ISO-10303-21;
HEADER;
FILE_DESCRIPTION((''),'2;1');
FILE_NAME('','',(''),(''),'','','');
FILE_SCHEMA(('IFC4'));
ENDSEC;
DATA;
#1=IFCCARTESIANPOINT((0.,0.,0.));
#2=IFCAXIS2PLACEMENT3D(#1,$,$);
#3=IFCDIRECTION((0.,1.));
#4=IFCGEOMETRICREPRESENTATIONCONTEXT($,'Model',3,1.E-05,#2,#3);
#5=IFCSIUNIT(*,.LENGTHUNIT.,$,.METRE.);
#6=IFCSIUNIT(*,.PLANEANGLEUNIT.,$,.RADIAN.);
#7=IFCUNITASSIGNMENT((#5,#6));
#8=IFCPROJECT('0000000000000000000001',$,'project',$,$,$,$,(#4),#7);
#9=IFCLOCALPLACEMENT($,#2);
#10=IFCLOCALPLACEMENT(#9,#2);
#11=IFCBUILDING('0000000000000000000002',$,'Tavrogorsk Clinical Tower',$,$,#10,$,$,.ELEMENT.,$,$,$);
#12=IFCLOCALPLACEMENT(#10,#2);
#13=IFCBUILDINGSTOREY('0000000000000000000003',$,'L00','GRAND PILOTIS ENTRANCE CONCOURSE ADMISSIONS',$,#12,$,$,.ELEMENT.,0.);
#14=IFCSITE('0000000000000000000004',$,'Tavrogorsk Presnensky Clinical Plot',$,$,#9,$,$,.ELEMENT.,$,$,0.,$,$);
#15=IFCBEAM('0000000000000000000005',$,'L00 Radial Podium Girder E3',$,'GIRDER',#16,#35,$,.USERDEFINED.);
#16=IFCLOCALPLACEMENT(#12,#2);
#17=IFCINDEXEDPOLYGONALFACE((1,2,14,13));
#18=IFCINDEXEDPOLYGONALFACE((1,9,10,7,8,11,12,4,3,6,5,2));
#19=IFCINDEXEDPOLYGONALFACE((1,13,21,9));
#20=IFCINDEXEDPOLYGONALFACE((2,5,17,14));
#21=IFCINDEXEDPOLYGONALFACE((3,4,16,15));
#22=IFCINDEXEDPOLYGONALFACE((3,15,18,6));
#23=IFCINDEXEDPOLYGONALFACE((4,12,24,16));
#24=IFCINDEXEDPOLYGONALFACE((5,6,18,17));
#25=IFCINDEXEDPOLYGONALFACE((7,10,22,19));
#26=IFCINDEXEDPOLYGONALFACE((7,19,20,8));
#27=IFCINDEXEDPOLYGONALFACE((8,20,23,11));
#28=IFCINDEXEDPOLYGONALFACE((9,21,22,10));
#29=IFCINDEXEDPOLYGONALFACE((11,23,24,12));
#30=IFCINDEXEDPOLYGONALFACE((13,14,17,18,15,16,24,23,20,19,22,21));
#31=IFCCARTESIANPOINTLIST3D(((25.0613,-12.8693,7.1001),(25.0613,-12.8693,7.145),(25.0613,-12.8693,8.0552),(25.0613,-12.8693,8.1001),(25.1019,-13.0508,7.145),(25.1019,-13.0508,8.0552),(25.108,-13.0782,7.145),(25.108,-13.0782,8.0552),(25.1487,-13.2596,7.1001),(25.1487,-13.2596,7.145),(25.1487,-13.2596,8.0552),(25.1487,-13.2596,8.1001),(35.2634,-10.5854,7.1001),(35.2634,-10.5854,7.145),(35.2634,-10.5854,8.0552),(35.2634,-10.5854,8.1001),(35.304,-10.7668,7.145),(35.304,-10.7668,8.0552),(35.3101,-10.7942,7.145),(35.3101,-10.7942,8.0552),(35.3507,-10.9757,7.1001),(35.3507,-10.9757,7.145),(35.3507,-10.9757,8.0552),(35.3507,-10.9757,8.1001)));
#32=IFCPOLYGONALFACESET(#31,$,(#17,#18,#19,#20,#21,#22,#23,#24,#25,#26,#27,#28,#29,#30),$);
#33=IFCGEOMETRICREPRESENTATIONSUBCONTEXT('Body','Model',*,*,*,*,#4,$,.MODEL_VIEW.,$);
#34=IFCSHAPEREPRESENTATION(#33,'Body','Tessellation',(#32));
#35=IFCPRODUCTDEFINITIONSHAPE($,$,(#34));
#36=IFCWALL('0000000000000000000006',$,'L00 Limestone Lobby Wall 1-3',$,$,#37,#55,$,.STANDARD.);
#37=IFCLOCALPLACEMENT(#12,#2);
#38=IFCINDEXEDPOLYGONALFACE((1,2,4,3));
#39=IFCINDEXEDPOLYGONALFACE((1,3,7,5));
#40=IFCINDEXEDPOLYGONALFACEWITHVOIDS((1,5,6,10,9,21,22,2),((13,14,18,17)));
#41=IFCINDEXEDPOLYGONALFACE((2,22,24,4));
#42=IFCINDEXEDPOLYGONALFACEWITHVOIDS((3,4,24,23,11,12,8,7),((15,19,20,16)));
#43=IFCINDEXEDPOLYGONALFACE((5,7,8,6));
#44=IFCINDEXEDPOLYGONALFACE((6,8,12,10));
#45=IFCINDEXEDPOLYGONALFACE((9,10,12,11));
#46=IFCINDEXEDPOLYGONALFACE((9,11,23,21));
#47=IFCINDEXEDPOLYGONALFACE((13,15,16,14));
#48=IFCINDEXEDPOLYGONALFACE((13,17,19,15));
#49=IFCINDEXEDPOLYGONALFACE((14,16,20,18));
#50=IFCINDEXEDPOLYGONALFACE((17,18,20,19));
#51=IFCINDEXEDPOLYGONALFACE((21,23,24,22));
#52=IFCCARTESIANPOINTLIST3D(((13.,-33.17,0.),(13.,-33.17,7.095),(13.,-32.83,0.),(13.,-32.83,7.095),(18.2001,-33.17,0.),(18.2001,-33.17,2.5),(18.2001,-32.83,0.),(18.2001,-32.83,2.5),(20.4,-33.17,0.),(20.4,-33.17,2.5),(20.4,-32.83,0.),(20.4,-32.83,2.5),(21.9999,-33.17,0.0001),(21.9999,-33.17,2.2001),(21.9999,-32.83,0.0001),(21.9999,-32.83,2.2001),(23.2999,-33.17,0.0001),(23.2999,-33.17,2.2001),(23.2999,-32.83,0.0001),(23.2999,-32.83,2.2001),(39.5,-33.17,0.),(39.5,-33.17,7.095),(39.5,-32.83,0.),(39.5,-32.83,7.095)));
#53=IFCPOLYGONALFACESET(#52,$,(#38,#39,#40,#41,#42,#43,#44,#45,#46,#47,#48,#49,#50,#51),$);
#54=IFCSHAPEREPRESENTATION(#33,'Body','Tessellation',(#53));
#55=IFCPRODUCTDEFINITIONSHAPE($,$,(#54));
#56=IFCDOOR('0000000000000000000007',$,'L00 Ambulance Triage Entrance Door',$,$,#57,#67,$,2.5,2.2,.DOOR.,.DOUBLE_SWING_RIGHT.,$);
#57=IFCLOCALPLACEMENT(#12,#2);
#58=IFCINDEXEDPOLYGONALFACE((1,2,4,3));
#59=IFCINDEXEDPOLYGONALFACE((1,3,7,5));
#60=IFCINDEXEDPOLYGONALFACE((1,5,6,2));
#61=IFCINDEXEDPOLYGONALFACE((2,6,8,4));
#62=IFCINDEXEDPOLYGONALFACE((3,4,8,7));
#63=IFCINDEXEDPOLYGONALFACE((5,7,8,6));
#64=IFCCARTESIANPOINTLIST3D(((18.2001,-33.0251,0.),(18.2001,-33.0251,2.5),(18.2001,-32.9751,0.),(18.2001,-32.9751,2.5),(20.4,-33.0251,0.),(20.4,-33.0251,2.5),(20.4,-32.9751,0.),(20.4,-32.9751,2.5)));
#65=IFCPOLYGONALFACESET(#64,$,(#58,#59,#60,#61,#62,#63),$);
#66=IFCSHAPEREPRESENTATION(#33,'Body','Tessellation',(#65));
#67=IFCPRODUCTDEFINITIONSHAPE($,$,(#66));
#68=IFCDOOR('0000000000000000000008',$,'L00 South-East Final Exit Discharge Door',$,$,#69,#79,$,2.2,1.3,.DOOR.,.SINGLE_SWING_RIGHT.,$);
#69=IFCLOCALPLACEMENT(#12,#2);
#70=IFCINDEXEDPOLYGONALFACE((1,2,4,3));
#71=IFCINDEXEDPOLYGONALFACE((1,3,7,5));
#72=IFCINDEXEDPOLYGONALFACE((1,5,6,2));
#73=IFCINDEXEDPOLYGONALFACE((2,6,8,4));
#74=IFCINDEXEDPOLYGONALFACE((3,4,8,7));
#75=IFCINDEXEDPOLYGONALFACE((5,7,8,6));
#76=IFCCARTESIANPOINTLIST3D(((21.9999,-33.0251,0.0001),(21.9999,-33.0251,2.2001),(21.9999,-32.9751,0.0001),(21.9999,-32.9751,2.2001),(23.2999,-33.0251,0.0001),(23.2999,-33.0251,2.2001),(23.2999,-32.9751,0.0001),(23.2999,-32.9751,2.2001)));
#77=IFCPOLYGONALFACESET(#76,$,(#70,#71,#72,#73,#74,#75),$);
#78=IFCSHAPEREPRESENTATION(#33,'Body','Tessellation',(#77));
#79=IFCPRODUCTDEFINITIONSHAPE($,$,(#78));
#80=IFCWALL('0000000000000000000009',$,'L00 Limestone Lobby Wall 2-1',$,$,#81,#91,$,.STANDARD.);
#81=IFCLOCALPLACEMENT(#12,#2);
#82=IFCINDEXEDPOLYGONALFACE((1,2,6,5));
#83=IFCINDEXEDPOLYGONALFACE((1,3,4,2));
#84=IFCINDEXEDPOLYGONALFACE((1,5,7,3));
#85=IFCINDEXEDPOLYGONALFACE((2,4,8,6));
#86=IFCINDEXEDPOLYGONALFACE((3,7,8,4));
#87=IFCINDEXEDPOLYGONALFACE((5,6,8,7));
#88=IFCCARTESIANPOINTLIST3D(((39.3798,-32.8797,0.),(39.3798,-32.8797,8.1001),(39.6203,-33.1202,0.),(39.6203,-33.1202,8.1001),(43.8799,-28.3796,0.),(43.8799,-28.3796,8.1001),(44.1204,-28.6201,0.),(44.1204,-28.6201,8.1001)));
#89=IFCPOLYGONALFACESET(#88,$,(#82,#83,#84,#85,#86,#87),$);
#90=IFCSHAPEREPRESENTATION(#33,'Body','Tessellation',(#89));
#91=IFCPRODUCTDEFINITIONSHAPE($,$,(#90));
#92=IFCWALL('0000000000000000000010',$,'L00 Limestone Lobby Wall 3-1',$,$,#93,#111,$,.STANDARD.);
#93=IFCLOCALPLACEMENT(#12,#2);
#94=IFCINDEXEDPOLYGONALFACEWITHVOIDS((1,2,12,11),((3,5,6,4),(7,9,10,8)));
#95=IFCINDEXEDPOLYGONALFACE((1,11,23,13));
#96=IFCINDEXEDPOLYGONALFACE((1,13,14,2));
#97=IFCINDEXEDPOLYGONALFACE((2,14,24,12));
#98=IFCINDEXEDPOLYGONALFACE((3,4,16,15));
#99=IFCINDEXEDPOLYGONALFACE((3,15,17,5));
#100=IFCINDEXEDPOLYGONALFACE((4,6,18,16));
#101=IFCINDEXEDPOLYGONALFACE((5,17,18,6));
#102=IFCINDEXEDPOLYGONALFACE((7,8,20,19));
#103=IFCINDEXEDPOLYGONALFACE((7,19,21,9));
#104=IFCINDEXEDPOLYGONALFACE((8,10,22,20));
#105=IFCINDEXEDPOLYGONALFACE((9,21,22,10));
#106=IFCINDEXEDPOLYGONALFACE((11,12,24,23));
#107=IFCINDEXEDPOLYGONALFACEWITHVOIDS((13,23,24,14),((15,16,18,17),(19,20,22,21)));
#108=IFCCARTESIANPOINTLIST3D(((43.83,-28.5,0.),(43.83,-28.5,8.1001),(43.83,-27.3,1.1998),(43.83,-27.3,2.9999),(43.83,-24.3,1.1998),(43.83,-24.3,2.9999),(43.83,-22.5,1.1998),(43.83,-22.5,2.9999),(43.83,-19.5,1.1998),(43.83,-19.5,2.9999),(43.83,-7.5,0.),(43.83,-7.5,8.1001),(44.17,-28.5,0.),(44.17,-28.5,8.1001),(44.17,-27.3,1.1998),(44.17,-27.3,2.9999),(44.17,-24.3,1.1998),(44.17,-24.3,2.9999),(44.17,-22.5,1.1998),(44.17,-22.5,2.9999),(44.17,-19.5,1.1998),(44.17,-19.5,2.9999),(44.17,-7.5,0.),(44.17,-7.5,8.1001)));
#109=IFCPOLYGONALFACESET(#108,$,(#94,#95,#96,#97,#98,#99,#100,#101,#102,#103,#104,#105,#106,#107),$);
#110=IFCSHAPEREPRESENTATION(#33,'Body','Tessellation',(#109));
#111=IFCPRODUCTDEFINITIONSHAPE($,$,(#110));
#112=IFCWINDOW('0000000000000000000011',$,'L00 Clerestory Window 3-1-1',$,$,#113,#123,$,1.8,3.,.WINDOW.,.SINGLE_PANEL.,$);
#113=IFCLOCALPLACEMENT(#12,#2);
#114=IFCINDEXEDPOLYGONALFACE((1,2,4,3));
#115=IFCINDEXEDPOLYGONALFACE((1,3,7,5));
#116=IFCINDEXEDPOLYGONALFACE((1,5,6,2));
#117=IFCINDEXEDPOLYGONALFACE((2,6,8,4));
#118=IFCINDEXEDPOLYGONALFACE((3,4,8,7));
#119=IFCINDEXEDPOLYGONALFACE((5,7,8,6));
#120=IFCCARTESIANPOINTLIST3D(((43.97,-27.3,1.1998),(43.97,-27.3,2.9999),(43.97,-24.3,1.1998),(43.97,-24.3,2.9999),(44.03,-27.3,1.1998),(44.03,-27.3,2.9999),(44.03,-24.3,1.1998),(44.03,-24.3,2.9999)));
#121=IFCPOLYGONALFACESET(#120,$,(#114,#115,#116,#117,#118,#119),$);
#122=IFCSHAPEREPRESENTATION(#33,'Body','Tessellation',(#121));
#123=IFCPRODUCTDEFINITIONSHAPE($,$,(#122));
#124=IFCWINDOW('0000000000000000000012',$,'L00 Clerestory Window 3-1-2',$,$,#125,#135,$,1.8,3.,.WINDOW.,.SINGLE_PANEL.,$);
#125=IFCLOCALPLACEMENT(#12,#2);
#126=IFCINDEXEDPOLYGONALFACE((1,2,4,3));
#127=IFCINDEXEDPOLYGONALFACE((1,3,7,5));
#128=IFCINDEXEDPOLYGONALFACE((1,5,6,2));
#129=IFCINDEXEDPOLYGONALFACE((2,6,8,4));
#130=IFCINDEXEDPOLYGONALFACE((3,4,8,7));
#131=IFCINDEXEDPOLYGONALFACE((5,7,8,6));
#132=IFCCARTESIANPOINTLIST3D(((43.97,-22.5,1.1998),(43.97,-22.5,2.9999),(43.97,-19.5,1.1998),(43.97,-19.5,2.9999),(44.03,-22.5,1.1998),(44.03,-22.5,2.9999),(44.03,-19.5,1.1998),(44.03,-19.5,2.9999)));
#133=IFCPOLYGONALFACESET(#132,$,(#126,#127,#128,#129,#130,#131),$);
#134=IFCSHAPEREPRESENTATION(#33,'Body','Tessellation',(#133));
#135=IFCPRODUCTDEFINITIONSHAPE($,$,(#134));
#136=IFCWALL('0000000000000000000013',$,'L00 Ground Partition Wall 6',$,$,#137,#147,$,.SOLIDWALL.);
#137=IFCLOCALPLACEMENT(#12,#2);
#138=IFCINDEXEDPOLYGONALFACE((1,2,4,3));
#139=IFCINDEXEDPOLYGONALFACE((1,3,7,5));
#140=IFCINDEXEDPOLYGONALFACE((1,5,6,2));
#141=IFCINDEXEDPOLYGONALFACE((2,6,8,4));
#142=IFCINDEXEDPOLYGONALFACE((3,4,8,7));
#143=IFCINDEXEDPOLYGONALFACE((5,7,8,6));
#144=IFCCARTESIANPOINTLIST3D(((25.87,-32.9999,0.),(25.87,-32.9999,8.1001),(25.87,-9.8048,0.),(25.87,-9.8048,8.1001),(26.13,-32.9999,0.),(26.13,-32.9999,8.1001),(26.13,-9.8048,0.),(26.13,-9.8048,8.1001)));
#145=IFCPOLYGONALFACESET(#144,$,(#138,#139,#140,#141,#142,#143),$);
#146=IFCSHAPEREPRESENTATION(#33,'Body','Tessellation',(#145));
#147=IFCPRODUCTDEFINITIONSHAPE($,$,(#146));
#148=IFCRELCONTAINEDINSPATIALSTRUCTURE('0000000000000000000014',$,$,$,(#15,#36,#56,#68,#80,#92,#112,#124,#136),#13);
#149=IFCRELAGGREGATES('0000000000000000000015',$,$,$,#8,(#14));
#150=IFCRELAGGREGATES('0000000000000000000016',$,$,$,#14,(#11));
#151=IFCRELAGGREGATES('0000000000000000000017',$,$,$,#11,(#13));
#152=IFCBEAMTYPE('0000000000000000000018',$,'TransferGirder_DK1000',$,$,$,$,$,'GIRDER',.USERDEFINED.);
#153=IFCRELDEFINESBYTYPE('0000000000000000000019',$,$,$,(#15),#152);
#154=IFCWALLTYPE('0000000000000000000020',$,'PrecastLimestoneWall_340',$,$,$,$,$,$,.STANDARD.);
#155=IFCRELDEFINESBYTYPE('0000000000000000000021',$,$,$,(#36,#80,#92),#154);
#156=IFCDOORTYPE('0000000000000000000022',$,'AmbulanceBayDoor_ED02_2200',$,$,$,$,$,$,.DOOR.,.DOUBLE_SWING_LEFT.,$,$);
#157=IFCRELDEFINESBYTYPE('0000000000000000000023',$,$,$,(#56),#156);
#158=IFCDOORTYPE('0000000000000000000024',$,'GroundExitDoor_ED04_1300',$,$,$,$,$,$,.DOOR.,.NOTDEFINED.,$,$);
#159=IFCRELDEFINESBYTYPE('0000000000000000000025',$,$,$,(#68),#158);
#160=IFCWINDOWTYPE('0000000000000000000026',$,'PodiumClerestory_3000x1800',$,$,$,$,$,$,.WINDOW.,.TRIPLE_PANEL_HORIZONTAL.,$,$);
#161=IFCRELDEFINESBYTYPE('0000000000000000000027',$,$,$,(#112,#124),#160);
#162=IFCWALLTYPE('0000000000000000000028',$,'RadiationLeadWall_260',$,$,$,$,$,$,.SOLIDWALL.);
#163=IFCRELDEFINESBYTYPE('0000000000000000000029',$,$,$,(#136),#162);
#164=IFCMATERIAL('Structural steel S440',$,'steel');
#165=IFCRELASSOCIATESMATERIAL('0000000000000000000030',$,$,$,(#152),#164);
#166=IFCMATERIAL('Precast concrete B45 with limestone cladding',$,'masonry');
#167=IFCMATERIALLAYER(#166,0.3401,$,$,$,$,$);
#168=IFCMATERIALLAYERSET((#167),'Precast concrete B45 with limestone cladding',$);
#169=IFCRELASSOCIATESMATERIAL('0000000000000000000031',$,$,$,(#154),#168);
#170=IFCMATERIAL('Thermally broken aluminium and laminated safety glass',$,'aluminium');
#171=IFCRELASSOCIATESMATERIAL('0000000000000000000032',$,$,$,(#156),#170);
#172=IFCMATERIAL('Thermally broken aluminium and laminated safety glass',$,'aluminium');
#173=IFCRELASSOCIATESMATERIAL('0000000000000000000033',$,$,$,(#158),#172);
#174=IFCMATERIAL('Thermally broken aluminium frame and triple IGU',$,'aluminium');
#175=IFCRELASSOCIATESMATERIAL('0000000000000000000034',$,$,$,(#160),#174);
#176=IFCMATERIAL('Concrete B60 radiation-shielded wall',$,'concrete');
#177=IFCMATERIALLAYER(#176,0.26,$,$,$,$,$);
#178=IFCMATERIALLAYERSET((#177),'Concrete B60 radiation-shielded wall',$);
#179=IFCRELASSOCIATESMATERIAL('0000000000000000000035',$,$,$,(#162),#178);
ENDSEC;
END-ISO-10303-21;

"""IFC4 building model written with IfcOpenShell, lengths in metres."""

from ifc_helpers import new_model, si_unit, direction, frame, frame_2d, origin, origin_2d, place, context, subcontext, project, spatial, rectangle, i_section, extrude, material, layer, layer_set, material_profile, profile_set, type_object, element, fill, save


model = new_model("IFC4")

# Units and contexts
model_context = context("Model", 3, precision=1e-05, world=origin(), true_north=direction((0.0, 1.0)))
body_context = subcontext(model_context, "Body", "Model", "MODEL_VIEW")
ifc_project = project(units=[si_unit("LENGTHUNIT", "METRE"), si_unit("PLANEANGLEUNIT", "RADIAN")], contexts=[model_context])

# Site, building, storey
site_placement = place(None, origin())
site = spatial("IfcSite", under=ifc_project, at=site_placement, Name="Tavrogorsk Presnensky Clinical Plot", CompositionType="ELEMENT", RefElevation=0.0)
building_placement = place(site_placement, origin())
building = spatial("IfcBuilding", under=site, at=building_placement, Name="Tavrogorsk Clinical Tower", CompositionType="ELEMENT")
storey_placement = place(building_placement, origin())
storey = spatial("IfcBuildingStorey", under=building, at=storey_placement, Name="L00", Description="GRAND PILOTIS ENTRANCE CONCOURSE ADMISSIONS", CompositionType="ELEMENT", Elevation=0.0)

# Beam
ifc_material_1 = material(Name="Structural steel S440", Category="steel")
ifc_material_profile_1 = material_profile(ifc_material_1, i_section(OverallWidth=0.3999, OverallDepth=1.0, WebThickness=0.0281, FlangeThickness=0.0449, at=origin_2d()), Name="DK-1000x400x28x45")
ifc_profile_set_1 = profile_set([ifc_material_profile_1], Name="Structural steel S440")
beam_type_1 = type_object("IfcBeamType", Name="TransferGirder_DK1000", ElementType="GIRDER", PredefinedType="USERDEFINED", material=ifc_profile_set_1)
beam_1_placement = place(storey_placement, frame((25.105, -13.0645, 7.6001), z_axis=(0.975846, 0.218461, 0.0), x_axis=(-0.218461, 0.975846, 0.0)))
element("IfcBeam", 1, at=beam_1_placement, inside=storey, type_object=beam_type_1, Name="L00 Radial Podium Girder E3", ObjectType="GIRDER", PredefinedType="USERDEFINED", context=body_context, shape_type="SweptSolid", body=[
    extrude(i_section(OverallWidth=0.3999, OverallDepth=1.0, WebThickness=0.0281, FlangeThickness=0.0449, at=origin_2d()), origin(), (0.0, 0.0, 1.0), 10.4546),
])

# Wall, openings, doors
ifc_material_2 = material(Name="Precast concrete B45 with limestone cladding", Category="masonry")
ifc_layer_1 = layer(ifc_material_2, 0.3401)
ifc_layer_set_1 = layer_set([ifc_layer_1], Name="Precast concrete B45 with limestone cladding")
wall_type_1 = type_object("IfcWallType", Name="PrecastLimestoneWall_340", PredefinedType="STANDARD", material=ifc_layer_set_1)
wall_1_placement = place(storey_placement, frame((13.0, -33.0, 0.0), z_axis=(0.0, 0.0, 1.0), x_axis=(1.0, 0.0, 0.0)))
wall_1 = element("IfcWall", 2, at=wall_1_placement, inside=storey, type_object=wall_type_1, Name="L00 Limestone Lobby Wall 1-3", PredefinedType="STANDARD", context=body_context, shape_type="SweptSolid", body=[
    extrude(rectangle(XDim=26.5, YDim=0.3401, at=frame_2d((13.25, 0.0))), origin(), (0.0, 0.0, 1.0), 7.095),
])
opening_1_placement = place(wall_1_placement, frame((5.2, 0.0, 0.0)))
opening_1 = element("IfcOpeningElement", 3, at=opening_1_placement, cuts=wall_1, PredefinedType="OPENING", context=body_context, shape_type="SweptSolid", body=[
    extrude(rectangle(XDim=2.2, YDim=2.5, at=frame_2d((1.1001, 1.25))), frame((0.0, 0.1799, 0.0), z_axis=(0.0, -1.0, 0.0), x_axis=(1.0, 0.0, 0.0)), (0.0, 0.0, 1.0), 0.3601),
])
opening_2_placement = place(wall_1_placement, frame((9.0, 0.0, 0.0)))
opening_2 = element("IfcOpeningElement", 4, at=opening_2_placement, cuts=wall_1, PredefinedType="OPENING", context=body_context, shape_type="SweptSolid", body=[
    extrude(rectangle(XDim=1.3, YDim=2.2, at=frame_2d((0.6499, 1.1001))), frame((0.0, 0.1799, 0.0), z_axis=(0.0, -1.0, 0.0), x_axis=(1.0, 0.0, 0.0)), (0.0, 0.0, 1.0), 0.3601),
])
ifc_material_3 = material(Name="Thermally broken aluminium and laminated safety glass", Category="aluminium")
door_type_1 = type_object("IfcDoorType", Name="AmbulanceBayDoor_ED02_2200", OperationType="DOUBLE_SWING_LEFT", PredefinedType="DOOR", material=ifc_material_3)
door_1_placement = place(opening_1_placement, origin())
door_1 = element("IfcDoor", 5, at=door_1_placement, inside=storey, type_object=door_type_1, Name="L00 Ambulance Triage Entrance Door", OperationType="DOUBLE_SWING_RIGHT", OverallHeight=2.5, OverallWidth=2.2, PredefinedType="DOOR", context=body_context, shape_type="SweptSolid", body=[
    extrude(rectangle(XDim=2.2, YDim=2.5, at=frame_2d((1.1001, 1.25))), frame((0.0, 0.0249, 0.0), z_axis=(0.0, -1.0, 0.0), x_axis=(1.0, 0.0, 0.0)), (0.0, 0.0, 1.0), 0.05),
])
fill(opening_1, door_1)
ifc_material_4 = material(Name="Thermally broken aluminium and laminated safety glass", Category="aluminium")
door_type_2 = type_object("IfcDoorType", Name="GroundExitDoor_ED04_1300", OperationType="NOTDEFINED", PredefinedType="DOOR", material=ifc_material_4)
door_2_placement = place(opening_2_placement, origin())
door_2 = element("IfcDoor", 6, at=door_2_placement, inside=storey, type_object=door_type_2, Name="L00 South-East Final Exit Discharge Door", OperationType="SINGLE_SWING_RIGHT", OverallHeight=2.2, OverallWidth=1.3, PredefinedType="DOOR", context=body_context, shape_type="SweptSolid", body=[
    extrude(rectangle(XDim=1.3, YDim=2.2, at=frame_2d((0.6499, 1.1001))), frame((0.0, 0.0249, 0.0), z_axis=(0.0, -1.0, 0.0), x_axis=(1.0, 0.0, 0.0)), (0.0, 0.0, 1.0), 0.05),
])
fill(opening_2, door_2)

# Wall
wall_2_placement = place(storey_placement, frame((39.5, -33.0, 0.0), z_axis=(0.0, 0.0, 1.0), x_axis=(0.707107, 0.707107, 0.0)))
element("IfcWall", 7, at=wall_2_placement, inside=storey, type_object=wall_type_1, Name="L00 Limestone Lobby Wall 2-1", PredefinedType="STANDARD", context=body_context, shape_type="SweptSolid", body=[
    extrude(rectangle(XDim=6.364, YDim=0.3401, at=frame_2d((3.1821, 0.0))), origin(), (0.0, 0.0, 1.0), 8.1001),
])

# Wall, openings, windows
wall_3_placement = place(storey_placement, frame((44.0, -28.5, 0.0), z_axis=(0.0, 0.0, 1.0), x_axis=(0.0, 1.0, 0.0)))
wall_3 = element("IfcWall", 8, at=wall_3_placement, inside=storey, type_object=wall_type_1, Name="L00 Limestone Lobby Wall 3-1", PredefinedType="STANDARD", context=body_context, shape_type="SweptSolid", body=[
    extrude(rectangle(XDim=21.0, YDim=0.3401, at=frame_2d((10.5, 0.0))), origin(), (0.0, 0.0, 1.0), 8.1001),
])
opening_3_placement = place(wall_3_placement, frame((1.2, 0.0, 1.2)))
opening_3 = element("IfcOpeningElement", 9, at=opening_3_placement, cuts=wall_3, PredefinedType="OPENING", context=body_context, shape_type="SweptSolid", body=[
    extrude(rectangle(XDim=3.0, YDim=1.8, at=frame_2d((1.5, 0.8999))), frame((0.0, 0.1799, 0.0), z_axis=(0.0, -1.0, 0.0), x_axis=(1.0, 0.0, 0.0)), (0.0, 0.0, 1.0), 0.3601),
])
opening_4_placement = place(wall_3_placement, frame((6.0, 0.0, 1.2)))
opening_4 = element("IfcOpeningElement", 10, at=opening_4_placement, cuts=wall_3, PredefinedType="OPENING", context=body_context, shape_type="SweptSolid", body=[
    extrude(rectangle(XDim=3.0, YDim=1.8, at=frame_2d((1.5, 0.8999))), frame((0.0, 0.1799, 0.0), z_axis=(0.0, -1.0, 0.0), x_axis=(1.0, 0.0, 0.0)), (0.0, 0.0, 1.0), 0.3601),
])
ifc_material_5 = material(Name="Thermally broken aluminium frame and triple IGU", Category="aluminium")
window_type = type_object("IfcWindowType", Name="PodiumClerestory_3000x1800", PartitioningType="TRIPLE_PANEL_HORIZONTAL", PredefinedType="WINDOW", material=ifc_material_5)
window_1_placement = place(opening_3_placement, origin())
window_1 = element("IfcWindow", 11, at=window_1_placement, inside=storey, type_object=window_type, Name="L00 Clerestory Window 3-1-1", OverallHeight=1.8, OverallWidth=3.0, PartitioningType="SINGLE_PANEL", PredefinedType="WINDOW", context=body_context, shape_type="SweptSolid", body=[
    extrude(rectangle(XDim=3.0, YDim=1.8, at=frame_2d((1.5, 0.8999))), frame((0.0, 0.03, 0.0), z_axis=(0.0, -1.0, 0.0), x_axis=(1.0, 0.0, 0.0)), (0.0, 0.0, 1.0), 0.0601),
])
fill(opening_3, window_1)
window_2_placement = place(opening_4_placement, origin())
window_2 = element("IfcWindow", 12, at=window_2_placement, inside=storey, type_object=window_type, Name="L00 Clerestory Window 3-1-2", OverallHeight=1.8, OverallWidth=3.0, PartitioningType="SINGLE_PANEL", PredefinedType="WINDOW", context=body_context, shape_type="SweptSolid", body=[
    extrude(rectangle(XDim=3.0, YDim=1.8, at=frame_2d((1.5, 0.8999))), frame((0.0, 0.03, 0.0), z_axis=(0.0, -1.0, 0.0), x_axis=(1.0, 0.0, 0.0)), (0.0, 0.0, 1.0), 0.0601),
])
fill(opening_4, window_2)

# Wall
ifc_material_6 = material(Name="Concrete B60 radiation-shielded wall", Category="concrete")
ifc_layer_2 = layer(ifc_material_6, 0.26)
ifc_layer_set_2 = layer_set([ifc_layer_2], Name="Concrete B60 radiation-shielded wall")
wall_type_2 = type_object("IfcWallType", Name="RadiationLeadWall_260", PredefinedType="SOLIDWALL", material=ifc_layer_set_2)
wall_4_placement = place(storey_placement, frame((26.0, -33.0, 0.0), z_axis=(0.0, 0.0, 1.0), x_axis=(0.0, 1.0, 0.0)))
element("IfcWall", 13, at=wall_4_placement, inside=storey, type_object=wall_type_2, Name="L00 Ground Partition Wall 6", PredefinedType="SOLIDWALL", context=body_context, shape_type="SweptSolid", body=[
    extrude(rectangle(XDim=23.1951, YDim=0.26, at=frame_2d((11.5977, 0.0))), origin(), (0.0, 0.0, 1.0), 8.1001),
])

save(model, "model.ifc")
